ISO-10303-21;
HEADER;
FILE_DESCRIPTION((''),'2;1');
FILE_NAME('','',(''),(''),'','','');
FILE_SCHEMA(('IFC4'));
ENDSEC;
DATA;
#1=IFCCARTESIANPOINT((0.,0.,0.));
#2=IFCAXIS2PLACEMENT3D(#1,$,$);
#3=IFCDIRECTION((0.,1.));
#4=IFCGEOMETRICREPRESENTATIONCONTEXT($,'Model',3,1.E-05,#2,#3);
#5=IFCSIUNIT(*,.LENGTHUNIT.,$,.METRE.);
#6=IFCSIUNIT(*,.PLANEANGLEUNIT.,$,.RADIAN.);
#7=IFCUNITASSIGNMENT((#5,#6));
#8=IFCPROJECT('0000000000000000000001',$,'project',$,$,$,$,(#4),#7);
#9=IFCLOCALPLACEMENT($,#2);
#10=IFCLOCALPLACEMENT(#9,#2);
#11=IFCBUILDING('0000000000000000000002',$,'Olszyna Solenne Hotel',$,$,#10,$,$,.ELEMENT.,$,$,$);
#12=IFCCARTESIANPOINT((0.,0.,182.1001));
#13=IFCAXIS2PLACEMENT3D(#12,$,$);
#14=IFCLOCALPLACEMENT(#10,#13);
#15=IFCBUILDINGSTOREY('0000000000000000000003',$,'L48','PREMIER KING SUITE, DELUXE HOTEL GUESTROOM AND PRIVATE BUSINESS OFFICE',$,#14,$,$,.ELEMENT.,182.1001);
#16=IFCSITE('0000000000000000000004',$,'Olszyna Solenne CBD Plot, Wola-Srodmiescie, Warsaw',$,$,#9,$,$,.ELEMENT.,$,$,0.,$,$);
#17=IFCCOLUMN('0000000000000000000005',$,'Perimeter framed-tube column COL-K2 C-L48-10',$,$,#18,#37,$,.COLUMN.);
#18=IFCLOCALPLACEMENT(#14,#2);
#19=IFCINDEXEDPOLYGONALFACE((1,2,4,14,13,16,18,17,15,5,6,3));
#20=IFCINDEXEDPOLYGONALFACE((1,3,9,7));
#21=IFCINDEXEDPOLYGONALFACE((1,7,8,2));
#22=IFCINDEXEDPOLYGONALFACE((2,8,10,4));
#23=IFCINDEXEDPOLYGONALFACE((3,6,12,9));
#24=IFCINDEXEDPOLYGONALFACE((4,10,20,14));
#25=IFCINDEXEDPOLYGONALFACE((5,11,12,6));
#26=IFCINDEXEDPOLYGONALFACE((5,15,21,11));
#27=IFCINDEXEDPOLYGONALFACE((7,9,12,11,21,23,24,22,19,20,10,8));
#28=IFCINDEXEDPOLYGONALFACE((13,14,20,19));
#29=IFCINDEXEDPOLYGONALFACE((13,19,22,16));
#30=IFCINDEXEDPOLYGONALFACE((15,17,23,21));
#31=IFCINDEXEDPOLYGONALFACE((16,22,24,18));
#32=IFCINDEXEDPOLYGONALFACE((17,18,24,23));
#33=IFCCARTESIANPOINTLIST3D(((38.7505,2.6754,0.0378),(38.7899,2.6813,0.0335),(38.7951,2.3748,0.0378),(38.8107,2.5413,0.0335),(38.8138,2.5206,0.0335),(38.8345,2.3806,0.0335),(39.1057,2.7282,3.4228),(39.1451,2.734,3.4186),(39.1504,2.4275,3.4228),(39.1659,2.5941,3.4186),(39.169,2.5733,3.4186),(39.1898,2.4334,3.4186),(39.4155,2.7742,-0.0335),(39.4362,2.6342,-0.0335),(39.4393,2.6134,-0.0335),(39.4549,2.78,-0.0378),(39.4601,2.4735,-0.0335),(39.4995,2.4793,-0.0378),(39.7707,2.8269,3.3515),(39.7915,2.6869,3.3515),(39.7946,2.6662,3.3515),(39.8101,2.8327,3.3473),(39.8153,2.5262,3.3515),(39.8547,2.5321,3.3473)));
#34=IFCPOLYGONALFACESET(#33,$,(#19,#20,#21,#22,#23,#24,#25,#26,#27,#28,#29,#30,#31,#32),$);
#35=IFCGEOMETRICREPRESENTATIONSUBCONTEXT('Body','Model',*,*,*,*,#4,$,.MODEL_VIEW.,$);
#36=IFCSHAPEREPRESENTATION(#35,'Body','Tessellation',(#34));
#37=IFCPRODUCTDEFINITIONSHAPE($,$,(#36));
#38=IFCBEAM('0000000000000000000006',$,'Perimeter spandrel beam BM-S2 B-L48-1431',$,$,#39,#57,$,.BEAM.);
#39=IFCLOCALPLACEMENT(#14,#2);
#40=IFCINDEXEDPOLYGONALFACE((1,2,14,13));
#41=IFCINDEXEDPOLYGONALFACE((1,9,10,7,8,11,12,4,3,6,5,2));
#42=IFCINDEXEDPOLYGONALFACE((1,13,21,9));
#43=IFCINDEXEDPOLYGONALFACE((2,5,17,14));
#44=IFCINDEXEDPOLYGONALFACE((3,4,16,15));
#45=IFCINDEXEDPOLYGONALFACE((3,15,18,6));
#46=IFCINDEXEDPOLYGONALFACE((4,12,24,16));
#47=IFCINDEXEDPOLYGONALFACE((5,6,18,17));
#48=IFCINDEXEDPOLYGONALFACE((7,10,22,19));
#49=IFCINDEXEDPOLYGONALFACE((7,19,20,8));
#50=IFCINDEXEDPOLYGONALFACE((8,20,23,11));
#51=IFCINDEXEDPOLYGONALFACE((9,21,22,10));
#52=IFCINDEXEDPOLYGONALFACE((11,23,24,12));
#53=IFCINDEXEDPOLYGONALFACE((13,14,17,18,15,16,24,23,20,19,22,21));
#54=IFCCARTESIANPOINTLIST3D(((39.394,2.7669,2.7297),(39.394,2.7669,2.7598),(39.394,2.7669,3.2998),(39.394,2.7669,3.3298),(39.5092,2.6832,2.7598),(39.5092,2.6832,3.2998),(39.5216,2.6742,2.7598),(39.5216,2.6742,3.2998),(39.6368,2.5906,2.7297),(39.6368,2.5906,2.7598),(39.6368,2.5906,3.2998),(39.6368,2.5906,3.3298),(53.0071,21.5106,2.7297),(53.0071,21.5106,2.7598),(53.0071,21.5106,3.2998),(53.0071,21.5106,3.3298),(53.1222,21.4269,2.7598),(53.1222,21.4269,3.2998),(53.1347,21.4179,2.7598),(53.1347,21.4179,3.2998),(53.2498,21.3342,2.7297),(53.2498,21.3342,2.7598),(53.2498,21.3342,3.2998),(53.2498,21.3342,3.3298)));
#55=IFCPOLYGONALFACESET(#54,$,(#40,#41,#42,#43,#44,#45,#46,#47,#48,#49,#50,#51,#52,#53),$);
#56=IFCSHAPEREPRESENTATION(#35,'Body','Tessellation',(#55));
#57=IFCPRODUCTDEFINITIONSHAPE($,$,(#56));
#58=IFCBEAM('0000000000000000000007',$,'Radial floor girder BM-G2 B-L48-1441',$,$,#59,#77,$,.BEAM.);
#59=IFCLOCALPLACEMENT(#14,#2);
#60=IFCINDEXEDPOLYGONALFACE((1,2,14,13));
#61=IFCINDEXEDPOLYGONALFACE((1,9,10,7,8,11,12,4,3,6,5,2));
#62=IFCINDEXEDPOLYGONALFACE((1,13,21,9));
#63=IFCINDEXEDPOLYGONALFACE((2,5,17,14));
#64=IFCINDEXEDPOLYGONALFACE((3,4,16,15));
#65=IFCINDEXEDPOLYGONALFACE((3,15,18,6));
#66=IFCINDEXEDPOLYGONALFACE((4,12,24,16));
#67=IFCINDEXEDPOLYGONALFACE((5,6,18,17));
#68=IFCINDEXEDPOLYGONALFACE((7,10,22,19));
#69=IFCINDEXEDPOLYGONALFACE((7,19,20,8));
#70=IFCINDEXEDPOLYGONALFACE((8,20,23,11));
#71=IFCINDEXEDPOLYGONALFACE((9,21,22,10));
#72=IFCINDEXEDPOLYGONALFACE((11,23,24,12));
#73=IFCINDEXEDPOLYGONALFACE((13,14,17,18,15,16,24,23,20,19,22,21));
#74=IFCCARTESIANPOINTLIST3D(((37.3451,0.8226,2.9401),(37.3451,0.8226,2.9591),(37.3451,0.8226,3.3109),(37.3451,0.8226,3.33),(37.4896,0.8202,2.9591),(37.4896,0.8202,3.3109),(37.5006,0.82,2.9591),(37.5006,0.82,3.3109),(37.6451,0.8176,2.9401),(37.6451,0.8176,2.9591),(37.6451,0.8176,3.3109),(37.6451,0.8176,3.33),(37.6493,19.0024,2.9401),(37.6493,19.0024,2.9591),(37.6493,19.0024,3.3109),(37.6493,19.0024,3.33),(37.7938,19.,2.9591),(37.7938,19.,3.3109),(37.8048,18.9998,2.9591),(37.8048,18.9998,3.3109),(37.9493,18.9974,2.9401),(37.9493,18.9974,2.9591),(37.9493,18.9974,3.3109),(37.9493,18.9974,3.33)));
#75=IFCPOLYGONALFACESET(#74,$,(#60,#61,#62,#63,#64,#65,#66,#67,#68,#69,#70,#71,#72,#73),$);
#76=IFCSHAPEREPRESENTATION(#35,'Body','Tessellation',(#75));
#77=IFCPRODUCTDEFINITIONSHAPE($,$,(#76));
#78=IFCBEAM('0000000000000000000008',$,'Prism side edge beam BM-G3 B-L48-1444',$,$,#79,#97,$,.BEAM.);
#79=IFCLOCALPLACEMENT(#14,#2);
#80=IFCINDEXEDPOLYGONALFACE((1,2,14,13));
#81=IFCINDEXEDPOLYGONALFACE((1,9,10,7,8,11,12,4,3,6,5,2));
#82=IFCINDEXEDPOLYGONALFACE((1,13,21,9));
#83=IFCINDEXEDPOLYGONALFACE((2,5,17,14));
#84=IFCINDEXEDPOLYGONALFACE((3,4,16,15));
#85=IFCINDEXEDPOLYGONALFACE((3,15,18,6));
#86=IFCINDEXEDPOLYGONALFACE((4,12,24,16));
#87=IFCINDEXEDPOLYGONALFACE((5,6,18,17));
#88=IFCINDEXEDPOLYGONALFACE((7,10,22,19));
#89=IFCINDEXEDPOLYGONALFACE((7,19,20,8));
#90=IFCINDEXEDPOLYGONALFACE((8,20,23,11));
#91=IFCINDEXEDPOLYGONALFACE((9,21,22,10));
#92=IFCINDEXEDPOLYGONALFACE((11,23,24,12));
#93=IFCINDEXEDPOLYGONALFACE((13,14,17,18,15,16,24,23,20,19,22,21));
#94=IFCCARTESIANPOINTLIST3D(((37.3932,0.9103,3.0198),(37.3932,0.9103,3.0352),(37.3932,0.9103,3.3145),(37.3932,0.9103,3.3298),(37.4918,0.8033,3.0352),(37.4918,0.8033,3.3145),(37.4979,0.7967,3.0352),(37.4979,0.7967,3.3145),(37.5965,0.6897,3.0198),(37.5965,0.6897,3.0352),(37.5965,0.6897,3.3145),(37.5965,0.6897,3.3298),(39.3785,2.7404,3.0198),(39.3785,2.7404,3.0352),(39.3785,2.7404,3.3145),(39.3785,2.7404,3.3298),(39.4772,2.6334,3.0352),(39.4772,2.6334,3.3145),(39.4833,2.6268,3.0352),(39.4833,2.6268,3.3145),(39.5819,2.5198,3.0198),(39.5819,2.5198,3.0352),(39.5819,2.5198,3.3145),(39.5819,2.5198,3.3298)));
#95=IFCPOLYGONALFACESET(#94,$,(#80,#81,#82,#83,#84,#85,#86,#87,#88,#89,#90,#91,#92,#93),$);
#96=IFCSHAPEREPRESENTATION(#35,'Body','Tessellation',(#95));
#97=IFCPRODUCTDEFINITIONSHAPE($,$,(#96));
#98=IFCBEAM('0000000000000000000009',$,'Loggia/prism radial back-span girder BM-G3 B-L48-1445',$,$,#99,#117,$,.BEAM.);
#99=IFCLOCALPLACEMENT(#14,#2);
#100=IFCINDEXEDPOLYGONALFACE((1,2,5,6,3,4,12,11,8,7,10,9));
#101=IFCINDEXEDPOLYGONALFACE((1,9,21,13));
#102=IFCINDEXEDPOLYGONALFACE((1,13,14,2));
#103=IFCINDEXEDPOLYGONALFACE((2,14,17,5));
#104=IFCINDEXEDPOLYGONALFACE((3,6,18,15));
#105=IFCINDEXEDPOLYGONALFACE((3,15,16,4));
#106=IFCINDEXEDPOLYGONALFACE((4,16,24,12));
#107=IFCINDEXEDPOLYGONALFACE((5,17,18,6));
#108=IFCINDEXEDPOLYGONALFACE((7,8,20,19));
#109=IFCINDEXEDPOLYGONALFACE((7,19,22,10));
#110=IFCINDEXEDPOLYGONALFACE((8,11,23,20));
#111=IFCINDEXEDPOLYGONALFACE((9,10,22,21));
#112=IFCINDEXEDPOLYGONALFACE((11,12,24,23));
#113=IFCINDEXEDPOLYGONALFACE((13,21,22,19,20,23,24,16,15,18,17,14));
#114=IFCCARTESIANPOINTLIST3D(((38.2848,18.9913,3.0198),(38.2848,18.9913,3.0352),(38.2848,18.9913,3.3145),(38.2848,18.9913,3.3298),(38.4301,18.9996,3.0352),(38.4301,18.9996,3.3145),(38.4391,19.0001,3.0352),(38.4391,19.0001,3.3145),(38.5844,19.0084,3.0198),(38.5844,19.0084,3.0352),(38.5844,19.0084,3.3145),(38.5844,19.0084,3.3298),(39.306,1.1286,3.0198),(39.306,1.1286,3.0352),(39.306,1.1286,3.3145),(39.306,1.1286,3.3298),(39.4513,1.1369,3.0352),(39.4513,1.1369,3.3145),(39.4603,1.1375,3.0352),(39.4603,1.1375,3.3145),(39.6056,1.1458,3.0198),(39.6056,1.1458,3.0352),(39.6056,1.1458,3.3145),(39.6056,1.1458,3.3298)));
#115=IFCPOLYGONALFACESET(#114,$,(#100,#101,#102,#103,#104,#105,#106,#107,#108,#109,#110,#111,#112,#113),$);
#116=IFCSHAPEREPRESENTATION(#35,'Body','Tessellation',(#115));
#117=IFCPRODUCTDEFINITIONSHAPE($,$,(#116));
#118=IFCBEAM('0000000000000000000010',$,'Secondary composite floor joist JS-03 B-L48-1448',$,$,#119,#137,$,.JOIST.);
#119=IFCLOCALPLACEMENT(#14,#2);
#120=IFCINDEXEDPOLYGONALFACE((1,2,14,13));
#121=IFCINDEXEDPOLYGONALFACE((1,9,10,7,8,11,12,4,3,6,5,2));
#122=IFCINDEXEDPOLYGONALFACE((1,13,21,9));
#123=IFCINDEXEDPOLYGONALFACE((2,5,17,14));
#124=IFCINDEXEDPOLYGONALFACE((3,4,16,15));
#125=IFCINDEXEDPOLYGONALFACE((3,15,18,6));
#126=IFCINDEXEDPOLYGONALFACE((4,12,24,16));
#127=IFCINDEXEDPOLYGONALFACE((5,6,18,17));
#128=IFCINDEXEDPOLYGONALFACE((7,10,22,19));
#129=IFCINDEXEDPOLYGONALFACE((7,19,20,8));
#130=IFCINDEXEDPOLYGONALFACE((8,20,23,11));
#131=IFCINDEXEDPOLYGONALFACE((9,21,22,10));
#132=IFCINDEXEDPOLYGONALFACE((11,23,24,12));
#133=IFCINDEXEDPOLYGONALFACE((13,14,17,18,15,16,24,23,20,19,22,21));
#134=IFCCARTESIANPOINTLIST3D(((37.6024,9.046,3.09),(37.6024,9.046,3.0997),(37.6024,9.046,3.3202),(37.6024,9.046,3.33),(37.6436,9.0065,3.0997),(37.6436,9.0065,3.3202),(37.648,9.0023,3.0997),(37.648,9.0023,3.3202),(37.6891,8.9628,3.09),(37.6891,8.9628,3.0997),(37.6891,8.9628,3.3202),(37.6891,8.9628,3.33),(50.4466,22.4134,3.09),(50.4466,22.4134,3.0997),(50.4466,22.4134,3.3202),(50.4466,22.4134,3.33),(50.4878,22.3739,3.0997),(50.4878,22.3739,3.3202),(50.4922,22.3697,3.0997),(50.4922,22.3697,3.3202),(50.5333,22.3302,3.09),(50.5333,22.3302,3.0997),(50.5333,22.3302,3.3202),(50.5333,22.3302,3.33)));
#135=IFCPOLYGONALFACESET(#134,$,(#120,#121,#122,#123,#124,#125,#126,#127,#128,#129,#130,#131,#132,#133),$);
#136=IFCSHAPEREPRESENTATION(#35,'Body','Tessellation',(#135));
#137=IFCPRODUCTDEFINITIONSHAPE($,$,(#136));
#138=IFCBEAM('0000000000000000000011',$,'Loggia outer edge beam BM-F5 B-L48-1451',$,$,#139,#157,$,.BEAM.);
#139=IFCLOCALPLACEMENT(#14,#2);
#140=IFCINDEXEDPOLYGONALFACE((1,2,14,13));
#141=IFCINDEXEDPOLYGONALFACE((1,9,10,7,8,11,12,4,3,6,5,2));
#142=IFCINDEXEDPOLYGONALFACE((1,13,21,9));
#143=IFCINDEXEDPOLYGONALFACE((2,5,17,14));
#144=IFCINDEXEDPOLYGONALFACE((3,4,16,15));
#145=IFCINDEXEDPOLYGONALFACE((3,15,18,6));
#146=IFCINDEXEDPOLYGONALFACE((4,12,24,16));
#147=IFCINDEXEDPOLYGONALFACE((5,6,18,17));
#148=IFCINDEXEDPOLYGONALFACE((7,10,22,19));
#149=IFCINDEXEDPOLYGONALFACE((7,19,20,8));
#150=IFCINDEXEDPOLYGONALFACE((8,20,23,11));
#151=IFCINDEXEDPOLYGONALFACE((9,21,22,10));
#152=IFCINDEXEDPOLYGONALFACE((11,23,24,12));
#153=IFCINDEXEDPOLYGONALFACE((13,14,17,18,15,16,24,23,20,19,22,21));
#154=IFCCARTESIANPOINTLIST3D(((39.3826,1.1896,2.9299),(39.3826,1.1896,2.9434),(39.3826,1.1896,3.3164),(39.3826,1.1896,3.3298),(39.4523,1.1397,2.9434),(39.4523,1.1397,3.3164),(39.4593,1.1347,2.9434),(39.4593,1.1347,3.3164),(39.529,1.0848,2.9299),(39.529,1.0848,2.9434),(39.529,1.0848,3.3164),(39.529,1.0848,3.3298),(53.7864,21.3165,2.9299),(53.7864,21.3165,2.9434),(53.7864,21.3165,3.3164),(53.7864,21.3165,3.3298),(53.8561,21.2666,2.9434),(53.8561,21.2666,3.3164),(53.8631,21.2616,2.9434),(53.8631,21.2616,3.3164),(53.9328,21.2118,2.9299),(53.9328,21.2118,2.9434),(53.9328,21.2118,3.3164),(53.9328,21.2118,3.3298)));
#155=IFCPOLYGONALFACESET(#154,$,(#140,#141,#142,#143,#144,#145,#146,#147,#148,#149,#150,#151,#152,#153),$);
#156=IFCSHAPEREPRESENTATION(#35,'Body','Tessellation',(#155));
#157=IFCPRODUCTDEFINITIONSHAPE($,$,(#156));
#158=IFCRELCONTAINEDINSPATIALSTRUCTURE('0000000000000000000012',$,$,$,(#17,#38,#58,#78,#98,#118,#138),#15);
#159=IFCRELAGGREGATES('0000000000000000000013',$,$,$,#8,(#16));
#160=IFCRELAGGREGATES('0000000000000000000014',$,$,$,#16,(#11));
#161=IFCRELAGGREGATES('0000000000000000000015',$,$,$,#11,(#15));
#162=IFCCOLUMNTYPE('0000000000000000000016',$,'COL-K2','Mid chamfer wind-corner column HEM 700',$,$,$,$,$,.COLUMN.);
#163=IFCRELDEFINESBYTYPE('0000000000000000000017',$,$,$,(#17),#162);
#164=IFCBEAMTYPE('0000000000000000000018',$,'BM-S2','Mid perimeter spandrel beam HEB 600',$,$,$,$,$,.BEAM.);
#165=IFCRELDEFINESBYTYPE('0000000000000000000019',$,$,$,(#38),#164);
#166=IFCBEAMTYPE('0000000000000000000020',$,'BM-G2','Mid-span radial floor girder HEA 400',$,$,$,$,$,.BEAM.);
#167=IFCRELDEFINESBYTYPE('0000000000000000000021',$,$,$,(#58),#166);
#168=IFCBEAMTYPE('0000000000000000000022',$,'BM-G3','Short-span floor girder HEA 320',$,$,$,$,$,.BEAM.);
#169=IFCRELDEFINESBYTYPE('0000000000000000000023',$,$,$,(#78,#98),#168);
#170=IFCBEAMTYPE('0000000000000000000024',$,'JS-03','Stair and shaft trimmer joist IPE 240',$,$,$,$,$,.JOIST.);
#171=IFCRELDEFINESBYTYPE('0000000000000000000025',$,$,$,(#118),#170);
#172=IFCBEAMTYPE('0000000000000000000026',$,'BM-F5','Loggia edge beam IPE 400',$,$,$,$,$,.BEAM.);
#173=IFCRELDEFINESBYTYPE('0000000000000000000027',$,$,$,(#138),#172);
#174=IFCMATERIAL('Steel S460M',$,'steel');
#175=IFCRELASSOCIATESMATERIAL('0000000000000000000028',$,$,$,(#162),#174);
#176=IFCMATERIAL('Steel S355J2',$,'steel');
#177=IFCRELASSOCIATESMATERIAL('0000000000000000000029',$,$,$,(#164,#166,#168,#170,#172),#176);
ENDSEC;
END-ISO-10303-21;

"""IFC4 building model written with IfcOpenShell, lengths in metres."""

from ifc_helpers import new_model, si_unit, direction, frame, origin, origin_2d, place, context, subcontext, project, spatial, i_section, extrude, source, transform, mapped, material, material_profile, profile_set, type_object, element, save


model = new_model("IFC4")

# Units and contexts
model_context = context("Model", 3, precision=1e-05, world=origin(), true_north=direction((0.0, 1.0)))
body_context = subcontext(model_context, "Body", "Model", "MODEL_VIEW")
ifc_project = project(units=[si_unit("LENGTHUNIT", "METRE"), si_unit("PLANEANGLEUNIT", "RADIAN")], contexts=[model_context])

# Site, building, storey
site_placement = place(None, origin())
site = spatial("IfcSite", under=ifc_project, at=site_placement, Name="Olszyna Solenne CBD Plot, Wola-Srodmiescie, Warsaw", CompositionType="ELEMENT", RefElevation=0.0)
building_placement = place(site_placement, origin())
building = spatial("IfcBuilding", under=site, at=building_placement, Name="Olszyna Solenne Hotel", CompositionType="ELEMENT")
storey_placement = place(building_placement, frame((0.0, 0.0, 182.1001)))
storey = spatial("IfcBuildingStorey", under=building, at=storey_placement, Name="L48", Description="PREMIER KING SUITE, DELUXE HOTEL GUESTROOM AND PRIVATE BUSINESS OFFICE", CompositionType="ELEMENT", Elevation=182.1001)

# Column
ifc_material_1 = material(Name="Steel S460M", Category="steel")
ifc_material_profile_1 = material_profile(ifc_material_1, i_section(OverallWidth=0.304, OverallDepth=0.7161, WebThickness=0.021, FlangeThickness=0.04, at=origin_2d()), Name="HEM 700", Category="load-bearing")
ifc_profile_set_1 = profile_set([ifc_material_profile_1], Name="Steel S460M")
column_type = type_object("IfcColumnType", Name="COL-K2", Description="Mid chamfer wind-corner column HEM 700", PredefinedType="COLUMN", material=ifc_profile_set_1)
shared_shape_1 = source(origin(), body_context, "Body", "SweptSolid", [
    extrude(i_section(OverallWidth=0.304, OverallDepth=0.7161, WebThickness=0.021, FlangeThickness=0.04, at=origin_2d()), origin(), (0.0, 0.0, 1.0), 3.4041),
])
column_placement = place(storey_placement, frame((39.125, 2.5774, 0.0), z_axis=(0.104355, 0.015492, 0.994419), x_axis=(-0.146844, 0.98916, 0.0)))
element("IfcColumn", 1, at=column_placement, inside=storey, type_object=column_type, Name="Perimeter framed-tube column COL-K2 C-L48-10", PredefinedType="COLUMN", context=body_context, shape_type="MappedRepresentation", body=[
    mapped(shared_shape_1, transform((0.0, 0.0, 0.0), x_axis=(1.0, 0.0, 0.0), y_axis=(0.0, 1.0, 0.0), z_axis=(0.0, 0.0, 1.0), scale=1.0)),
])

# Beams
ifc_material_2 = material(Name="Steel S355J2", Category="steel")
ifc_material_profile_2 = material_profile(ifc_material_2, i_section(OverallWidth=0.3, OverallDepth=0.6001, WebThickness=0.0154, FlangeThickness=0.03, at=origin_2d()), Name="HEB 600", Category="load-bearing")
ifc_profile_set_2 = profile_set([ifc_material_profile_2], Name="Steel S355J2")
beam_type_1 = type_object("IfcBeamType", Name="BM-S2", Description="Mid perimeter spandrel beam HEB 600", PredefinedType="BEAM", material=ifc_profile_set_2)
shared_shape_2 = source(origin(), body_context, "Body", "SweptSolid", [
    extrude(i_section(OverallWidth=0.3, OverallDepth=0.6001, WebThickness=0.0154, FlangeThickness=0.03, at=origin_2d()), origin(), (0.0, 0.0, 1.0), 23.1655),
])
beam_1_placement = place(storey_placement, frame((39.5154, 2.6787, 3.0298), z_axis=(0.587643, 0.80912, 0.0), x_axis=(-0.80912, 0.587643, 0.0)))
element("IfcBeam", 2, at=beam_1_placement, inside=storey, type_object=beam_type_1, Name="Perimeter spandrel beam BM-S2 B-L48-1431", PredefinedType="BEAM", context=body_context, shape_type="MappedRepresentation", body=[
    mapped(shared_shape_2, transform((0.0, 0.0, 0.0), x_axis=(1.0, 0.0, 0.0), y_axis=(0.0, 1.0, 0.0), z_axis=(0.0, 0.0, 1.0), scale=1.0)),
])
ifc_material_profile_3 = material_profile(ifc_material_2, i_section(OverallWidth=0.3, OverallDepth=0.3899, WebThickness=0.011, FlangeThickness=0.019, at=origin_2d()), Name="HEA 400", Category="load-bearing")
ifc_profile_set_3 = profile_set([ifc_material_profile_3], Name="Steel S355J2")
beam_type_2 = type_object("IfcBeamType", Name="BM-G2", Description="Mid-span radial floor girder HEA 400", PredefinedType="BEAM", material=ifc_profile_set_3)
shared_shape_3 = source(origin(), body_context, "Body", "SweptSolid", [
    extrude(i_section(OverallWidth=0.3, OverallDepth=0.3899, WebThickness=0.011, FlangeThickness=0.019, at=origin_2d()), origin(), (0.0, 0.0, 1.0), 18.1824),
])
beam_2_placement = place(storey_placement, frame((37.4951, 0.8201, 3.135), z_axis=(0.01673, 0.99986, 0.0), x_axis=(-0.99986, 0.01673, 0.0)))
element("IfcBeam", 3, at=beam_2_placement, inside=storey, type_object=beam_type_2, Name="Radial floor girder BM-G2 B-L48-1441", PredefinedType="BEAM", context=body_context, shape_type="MappedRepresentation", body=[
    mapped(shared_shape_3, transform((0.0, 0.0, 0.0), x_axis=(1.0, 0.0, 0.0), y_axis=(0.0, 1.0, 0.0), z_axis=(0.0, 0.0, 1.0), scale=1.0)),
])
ifc_material_profile_4 = material_profile(ifc_material_2, i_section(OverallWidth=0.3, OverallDepth=0.3101, WebThickness=0.009, FlangeThickness=0.0154, at=origin_2d()), Name="HEA 320", Category="load-bearing")
ifc_profile_set_4 = profile_set([ifc_material_profile_4], Name="Steel S355J2")
beam_type_3 = type_object("IfcBeamType", Name="BM-G3", Description="Short-span floor girder HEA 320", PredefinedType="BEAM", material=ifc_profile_set_4)
shared_shape_4 = source(origin(), body_context, "Body", "SweptSolid", [
    extrude(i_section(OverallWidth=0.3, OverallDepth=0.3101, WebThickness=0.009, FlangeThickness=0.0154, at=origin_2d()), origin(), (0.0, 0.0, 1.0), 2.7002),
])
beam_3_placement = place(storey_placement, frame((39.4802, 2.6301, 3.1748), z_axis=(-0.735275, -0.677769, 0.0), x_axis=(0.677769, -0.735275, 0.0)))
element("IfcBeam", 4, at=beam_3_placement, inside=storey, type_object=beam_type_3, Name="Prism side edge beam BM-G3 B-L48-1444", PredefinedType="BEAM", context=body_context, shape_type="MappedRepresentation", body=[
    mapped(shared_shape_4, transform((0.0, 0.0, 0.0), x_axis=(1.0, 0.0, 0.0), y_axis=(0.0, 1.0, 0.0), z_axis=(0.0, 0.0, 1.0), scale=1.0)),
])
shared_shape_5 = source(origin(), body_context, "Body", "SweptSolid", [
    extrude(i_section(OverallWidth=0.3, OverallDepth=0.3101, WebThickness=0.009, FlangeThickness=0.0154, at=origin_2d()), origin(), (0.0, 0.0, 1.0), 17.8918),
])
beam_4_placement = place(storey_placement, frame((39.4558, 1.1372, 3.1748), z_axis=(-0.057078, 0.99837, 0.0), x_axis=(-0.99837, -0.057078, 0.0)))
element("IfcBeam", 5, at=beam_4_placement, inside=storey, type_object=beam_type_3, Name="Loggia/prism radial back-span girder BM-G3 B-L48-1445", PredefinedType="BEAM", context=body_context, shape_type="MappedRepresentation", body=[
    mapped(shared_shape_5, transform((0.0, 0.0, 0.0), x_axis=(1.0, 0.0, 0.0), y_axis=(0.0, 1.0, 0.0), z_axis=(0.0, 0.0, 1.0), scale=1.0)),
])
ifc_material_profile_5 = material_profile(ifc_material_2, i_section(OverallWidth=0.1201, OverallDepth=0.24, WebThickness=0.0061, FlangeThickness=0.0098, at=origin_2d()), Name="IPE 240", Category="load-bearing")
ifc_profile_set_5 = profile_set([ifc_material_profile_5], Name="Steel S355J2")
beam_type_4 = type_object("IfcBeamType", Name="JS-03", Description="Stair and shaft trimmer joist IPE 240", PredefinedType="JOIST", material=ifc_profile_set_5)
shared_shape_6 = source(origin(), body_context, "Body", "SweptSolid", [
    extrude(i_section(OverallWidth=0.1201, OverallDepth=0.24, WebThickness=0.0061, FlangeThickness=0.0098, at=origin_2d()), origin(), (0.0, 0.0, 1.0), 18.5381),
])
beam_5_placement = place(storey_placement, frame((37.6458, 9.0044, 3.21), z_axis=(0.692855, 0.721077, 0.0), x_axis=(-0.721077, 0.692855, 0.0)))
element("IfcBeam", 6, at=beam_5_placement, inside=storey, type_object=beam_type_4, Name="Secondary composite floor joist JS-03 B-L48-1448", PredefinedType="JOIST", context=body_context, shape_type="MappedRepresentation", body=[
    mapped(shared_shape_6, transform((0.0, 0.0, 0.0), x_axis=(1.0, 0.0, 0.0), y_axis=(0.0, 1.0, 0.0), z_axis=(0.0, 0.0, 1.0), scale=1.0)),
])
ifc_material_profile_6 = material_profile(ifc_material_2, i_section(OverallWidth=0.1799, OverallDepth=0.3999, WebThickness=0.0085, FlangeThickness=0.0134, at=origin_2d()), Name="IPE 400", Category="load-bearing")
ifc_profile_set_6 = profile_set([ifc_material_profile_6], Name="Steel S355J2")
beam_type_5 = type_object("IfcBeamType", Name="BM-F5", Description="Loggia edge beam IPE 400", PredefinedType="BEAM", material=ifc_profile_set_6)
shared_shape_7 = source(origin(), body_context, "Body", "SweptSolid", [
    extrude(i_section(OverallWidth=0.1799, OverallDepth=0.3999, WebThickness=0.0085, FlangeThickness=0.0134, at=origin_2d()), origin(), (0.0, 0.0, 1.0), 24.75),
])
beam_6_placement = place(storey_placement, frame((39.4558, 1.1372, 3.1299), z_axis=(0.581971, 0.813209, 0.0), x_axis=(-0.813209, 0.581971, 0.0)))
element("IfcBeam", 7, at=beam_6_placement, inside=storey, type_object=beam_type_5, Name="Loggia outer edge beam BM-F5 B-L48-1451", PredefinedType="BEAM", context=body_context, shape_type="MappedRepresentation", body=[
    mapped(shared_shape_7, transform((0.0, 0.0, 0.0), x_axis=(1.0, 0.0, 0.0), y_axis=(0.0, 1.0, 0.0), z_axis=(0.0, 0.0, 1.0), scale=1.0)),
])

save(model, "model.ifc")
